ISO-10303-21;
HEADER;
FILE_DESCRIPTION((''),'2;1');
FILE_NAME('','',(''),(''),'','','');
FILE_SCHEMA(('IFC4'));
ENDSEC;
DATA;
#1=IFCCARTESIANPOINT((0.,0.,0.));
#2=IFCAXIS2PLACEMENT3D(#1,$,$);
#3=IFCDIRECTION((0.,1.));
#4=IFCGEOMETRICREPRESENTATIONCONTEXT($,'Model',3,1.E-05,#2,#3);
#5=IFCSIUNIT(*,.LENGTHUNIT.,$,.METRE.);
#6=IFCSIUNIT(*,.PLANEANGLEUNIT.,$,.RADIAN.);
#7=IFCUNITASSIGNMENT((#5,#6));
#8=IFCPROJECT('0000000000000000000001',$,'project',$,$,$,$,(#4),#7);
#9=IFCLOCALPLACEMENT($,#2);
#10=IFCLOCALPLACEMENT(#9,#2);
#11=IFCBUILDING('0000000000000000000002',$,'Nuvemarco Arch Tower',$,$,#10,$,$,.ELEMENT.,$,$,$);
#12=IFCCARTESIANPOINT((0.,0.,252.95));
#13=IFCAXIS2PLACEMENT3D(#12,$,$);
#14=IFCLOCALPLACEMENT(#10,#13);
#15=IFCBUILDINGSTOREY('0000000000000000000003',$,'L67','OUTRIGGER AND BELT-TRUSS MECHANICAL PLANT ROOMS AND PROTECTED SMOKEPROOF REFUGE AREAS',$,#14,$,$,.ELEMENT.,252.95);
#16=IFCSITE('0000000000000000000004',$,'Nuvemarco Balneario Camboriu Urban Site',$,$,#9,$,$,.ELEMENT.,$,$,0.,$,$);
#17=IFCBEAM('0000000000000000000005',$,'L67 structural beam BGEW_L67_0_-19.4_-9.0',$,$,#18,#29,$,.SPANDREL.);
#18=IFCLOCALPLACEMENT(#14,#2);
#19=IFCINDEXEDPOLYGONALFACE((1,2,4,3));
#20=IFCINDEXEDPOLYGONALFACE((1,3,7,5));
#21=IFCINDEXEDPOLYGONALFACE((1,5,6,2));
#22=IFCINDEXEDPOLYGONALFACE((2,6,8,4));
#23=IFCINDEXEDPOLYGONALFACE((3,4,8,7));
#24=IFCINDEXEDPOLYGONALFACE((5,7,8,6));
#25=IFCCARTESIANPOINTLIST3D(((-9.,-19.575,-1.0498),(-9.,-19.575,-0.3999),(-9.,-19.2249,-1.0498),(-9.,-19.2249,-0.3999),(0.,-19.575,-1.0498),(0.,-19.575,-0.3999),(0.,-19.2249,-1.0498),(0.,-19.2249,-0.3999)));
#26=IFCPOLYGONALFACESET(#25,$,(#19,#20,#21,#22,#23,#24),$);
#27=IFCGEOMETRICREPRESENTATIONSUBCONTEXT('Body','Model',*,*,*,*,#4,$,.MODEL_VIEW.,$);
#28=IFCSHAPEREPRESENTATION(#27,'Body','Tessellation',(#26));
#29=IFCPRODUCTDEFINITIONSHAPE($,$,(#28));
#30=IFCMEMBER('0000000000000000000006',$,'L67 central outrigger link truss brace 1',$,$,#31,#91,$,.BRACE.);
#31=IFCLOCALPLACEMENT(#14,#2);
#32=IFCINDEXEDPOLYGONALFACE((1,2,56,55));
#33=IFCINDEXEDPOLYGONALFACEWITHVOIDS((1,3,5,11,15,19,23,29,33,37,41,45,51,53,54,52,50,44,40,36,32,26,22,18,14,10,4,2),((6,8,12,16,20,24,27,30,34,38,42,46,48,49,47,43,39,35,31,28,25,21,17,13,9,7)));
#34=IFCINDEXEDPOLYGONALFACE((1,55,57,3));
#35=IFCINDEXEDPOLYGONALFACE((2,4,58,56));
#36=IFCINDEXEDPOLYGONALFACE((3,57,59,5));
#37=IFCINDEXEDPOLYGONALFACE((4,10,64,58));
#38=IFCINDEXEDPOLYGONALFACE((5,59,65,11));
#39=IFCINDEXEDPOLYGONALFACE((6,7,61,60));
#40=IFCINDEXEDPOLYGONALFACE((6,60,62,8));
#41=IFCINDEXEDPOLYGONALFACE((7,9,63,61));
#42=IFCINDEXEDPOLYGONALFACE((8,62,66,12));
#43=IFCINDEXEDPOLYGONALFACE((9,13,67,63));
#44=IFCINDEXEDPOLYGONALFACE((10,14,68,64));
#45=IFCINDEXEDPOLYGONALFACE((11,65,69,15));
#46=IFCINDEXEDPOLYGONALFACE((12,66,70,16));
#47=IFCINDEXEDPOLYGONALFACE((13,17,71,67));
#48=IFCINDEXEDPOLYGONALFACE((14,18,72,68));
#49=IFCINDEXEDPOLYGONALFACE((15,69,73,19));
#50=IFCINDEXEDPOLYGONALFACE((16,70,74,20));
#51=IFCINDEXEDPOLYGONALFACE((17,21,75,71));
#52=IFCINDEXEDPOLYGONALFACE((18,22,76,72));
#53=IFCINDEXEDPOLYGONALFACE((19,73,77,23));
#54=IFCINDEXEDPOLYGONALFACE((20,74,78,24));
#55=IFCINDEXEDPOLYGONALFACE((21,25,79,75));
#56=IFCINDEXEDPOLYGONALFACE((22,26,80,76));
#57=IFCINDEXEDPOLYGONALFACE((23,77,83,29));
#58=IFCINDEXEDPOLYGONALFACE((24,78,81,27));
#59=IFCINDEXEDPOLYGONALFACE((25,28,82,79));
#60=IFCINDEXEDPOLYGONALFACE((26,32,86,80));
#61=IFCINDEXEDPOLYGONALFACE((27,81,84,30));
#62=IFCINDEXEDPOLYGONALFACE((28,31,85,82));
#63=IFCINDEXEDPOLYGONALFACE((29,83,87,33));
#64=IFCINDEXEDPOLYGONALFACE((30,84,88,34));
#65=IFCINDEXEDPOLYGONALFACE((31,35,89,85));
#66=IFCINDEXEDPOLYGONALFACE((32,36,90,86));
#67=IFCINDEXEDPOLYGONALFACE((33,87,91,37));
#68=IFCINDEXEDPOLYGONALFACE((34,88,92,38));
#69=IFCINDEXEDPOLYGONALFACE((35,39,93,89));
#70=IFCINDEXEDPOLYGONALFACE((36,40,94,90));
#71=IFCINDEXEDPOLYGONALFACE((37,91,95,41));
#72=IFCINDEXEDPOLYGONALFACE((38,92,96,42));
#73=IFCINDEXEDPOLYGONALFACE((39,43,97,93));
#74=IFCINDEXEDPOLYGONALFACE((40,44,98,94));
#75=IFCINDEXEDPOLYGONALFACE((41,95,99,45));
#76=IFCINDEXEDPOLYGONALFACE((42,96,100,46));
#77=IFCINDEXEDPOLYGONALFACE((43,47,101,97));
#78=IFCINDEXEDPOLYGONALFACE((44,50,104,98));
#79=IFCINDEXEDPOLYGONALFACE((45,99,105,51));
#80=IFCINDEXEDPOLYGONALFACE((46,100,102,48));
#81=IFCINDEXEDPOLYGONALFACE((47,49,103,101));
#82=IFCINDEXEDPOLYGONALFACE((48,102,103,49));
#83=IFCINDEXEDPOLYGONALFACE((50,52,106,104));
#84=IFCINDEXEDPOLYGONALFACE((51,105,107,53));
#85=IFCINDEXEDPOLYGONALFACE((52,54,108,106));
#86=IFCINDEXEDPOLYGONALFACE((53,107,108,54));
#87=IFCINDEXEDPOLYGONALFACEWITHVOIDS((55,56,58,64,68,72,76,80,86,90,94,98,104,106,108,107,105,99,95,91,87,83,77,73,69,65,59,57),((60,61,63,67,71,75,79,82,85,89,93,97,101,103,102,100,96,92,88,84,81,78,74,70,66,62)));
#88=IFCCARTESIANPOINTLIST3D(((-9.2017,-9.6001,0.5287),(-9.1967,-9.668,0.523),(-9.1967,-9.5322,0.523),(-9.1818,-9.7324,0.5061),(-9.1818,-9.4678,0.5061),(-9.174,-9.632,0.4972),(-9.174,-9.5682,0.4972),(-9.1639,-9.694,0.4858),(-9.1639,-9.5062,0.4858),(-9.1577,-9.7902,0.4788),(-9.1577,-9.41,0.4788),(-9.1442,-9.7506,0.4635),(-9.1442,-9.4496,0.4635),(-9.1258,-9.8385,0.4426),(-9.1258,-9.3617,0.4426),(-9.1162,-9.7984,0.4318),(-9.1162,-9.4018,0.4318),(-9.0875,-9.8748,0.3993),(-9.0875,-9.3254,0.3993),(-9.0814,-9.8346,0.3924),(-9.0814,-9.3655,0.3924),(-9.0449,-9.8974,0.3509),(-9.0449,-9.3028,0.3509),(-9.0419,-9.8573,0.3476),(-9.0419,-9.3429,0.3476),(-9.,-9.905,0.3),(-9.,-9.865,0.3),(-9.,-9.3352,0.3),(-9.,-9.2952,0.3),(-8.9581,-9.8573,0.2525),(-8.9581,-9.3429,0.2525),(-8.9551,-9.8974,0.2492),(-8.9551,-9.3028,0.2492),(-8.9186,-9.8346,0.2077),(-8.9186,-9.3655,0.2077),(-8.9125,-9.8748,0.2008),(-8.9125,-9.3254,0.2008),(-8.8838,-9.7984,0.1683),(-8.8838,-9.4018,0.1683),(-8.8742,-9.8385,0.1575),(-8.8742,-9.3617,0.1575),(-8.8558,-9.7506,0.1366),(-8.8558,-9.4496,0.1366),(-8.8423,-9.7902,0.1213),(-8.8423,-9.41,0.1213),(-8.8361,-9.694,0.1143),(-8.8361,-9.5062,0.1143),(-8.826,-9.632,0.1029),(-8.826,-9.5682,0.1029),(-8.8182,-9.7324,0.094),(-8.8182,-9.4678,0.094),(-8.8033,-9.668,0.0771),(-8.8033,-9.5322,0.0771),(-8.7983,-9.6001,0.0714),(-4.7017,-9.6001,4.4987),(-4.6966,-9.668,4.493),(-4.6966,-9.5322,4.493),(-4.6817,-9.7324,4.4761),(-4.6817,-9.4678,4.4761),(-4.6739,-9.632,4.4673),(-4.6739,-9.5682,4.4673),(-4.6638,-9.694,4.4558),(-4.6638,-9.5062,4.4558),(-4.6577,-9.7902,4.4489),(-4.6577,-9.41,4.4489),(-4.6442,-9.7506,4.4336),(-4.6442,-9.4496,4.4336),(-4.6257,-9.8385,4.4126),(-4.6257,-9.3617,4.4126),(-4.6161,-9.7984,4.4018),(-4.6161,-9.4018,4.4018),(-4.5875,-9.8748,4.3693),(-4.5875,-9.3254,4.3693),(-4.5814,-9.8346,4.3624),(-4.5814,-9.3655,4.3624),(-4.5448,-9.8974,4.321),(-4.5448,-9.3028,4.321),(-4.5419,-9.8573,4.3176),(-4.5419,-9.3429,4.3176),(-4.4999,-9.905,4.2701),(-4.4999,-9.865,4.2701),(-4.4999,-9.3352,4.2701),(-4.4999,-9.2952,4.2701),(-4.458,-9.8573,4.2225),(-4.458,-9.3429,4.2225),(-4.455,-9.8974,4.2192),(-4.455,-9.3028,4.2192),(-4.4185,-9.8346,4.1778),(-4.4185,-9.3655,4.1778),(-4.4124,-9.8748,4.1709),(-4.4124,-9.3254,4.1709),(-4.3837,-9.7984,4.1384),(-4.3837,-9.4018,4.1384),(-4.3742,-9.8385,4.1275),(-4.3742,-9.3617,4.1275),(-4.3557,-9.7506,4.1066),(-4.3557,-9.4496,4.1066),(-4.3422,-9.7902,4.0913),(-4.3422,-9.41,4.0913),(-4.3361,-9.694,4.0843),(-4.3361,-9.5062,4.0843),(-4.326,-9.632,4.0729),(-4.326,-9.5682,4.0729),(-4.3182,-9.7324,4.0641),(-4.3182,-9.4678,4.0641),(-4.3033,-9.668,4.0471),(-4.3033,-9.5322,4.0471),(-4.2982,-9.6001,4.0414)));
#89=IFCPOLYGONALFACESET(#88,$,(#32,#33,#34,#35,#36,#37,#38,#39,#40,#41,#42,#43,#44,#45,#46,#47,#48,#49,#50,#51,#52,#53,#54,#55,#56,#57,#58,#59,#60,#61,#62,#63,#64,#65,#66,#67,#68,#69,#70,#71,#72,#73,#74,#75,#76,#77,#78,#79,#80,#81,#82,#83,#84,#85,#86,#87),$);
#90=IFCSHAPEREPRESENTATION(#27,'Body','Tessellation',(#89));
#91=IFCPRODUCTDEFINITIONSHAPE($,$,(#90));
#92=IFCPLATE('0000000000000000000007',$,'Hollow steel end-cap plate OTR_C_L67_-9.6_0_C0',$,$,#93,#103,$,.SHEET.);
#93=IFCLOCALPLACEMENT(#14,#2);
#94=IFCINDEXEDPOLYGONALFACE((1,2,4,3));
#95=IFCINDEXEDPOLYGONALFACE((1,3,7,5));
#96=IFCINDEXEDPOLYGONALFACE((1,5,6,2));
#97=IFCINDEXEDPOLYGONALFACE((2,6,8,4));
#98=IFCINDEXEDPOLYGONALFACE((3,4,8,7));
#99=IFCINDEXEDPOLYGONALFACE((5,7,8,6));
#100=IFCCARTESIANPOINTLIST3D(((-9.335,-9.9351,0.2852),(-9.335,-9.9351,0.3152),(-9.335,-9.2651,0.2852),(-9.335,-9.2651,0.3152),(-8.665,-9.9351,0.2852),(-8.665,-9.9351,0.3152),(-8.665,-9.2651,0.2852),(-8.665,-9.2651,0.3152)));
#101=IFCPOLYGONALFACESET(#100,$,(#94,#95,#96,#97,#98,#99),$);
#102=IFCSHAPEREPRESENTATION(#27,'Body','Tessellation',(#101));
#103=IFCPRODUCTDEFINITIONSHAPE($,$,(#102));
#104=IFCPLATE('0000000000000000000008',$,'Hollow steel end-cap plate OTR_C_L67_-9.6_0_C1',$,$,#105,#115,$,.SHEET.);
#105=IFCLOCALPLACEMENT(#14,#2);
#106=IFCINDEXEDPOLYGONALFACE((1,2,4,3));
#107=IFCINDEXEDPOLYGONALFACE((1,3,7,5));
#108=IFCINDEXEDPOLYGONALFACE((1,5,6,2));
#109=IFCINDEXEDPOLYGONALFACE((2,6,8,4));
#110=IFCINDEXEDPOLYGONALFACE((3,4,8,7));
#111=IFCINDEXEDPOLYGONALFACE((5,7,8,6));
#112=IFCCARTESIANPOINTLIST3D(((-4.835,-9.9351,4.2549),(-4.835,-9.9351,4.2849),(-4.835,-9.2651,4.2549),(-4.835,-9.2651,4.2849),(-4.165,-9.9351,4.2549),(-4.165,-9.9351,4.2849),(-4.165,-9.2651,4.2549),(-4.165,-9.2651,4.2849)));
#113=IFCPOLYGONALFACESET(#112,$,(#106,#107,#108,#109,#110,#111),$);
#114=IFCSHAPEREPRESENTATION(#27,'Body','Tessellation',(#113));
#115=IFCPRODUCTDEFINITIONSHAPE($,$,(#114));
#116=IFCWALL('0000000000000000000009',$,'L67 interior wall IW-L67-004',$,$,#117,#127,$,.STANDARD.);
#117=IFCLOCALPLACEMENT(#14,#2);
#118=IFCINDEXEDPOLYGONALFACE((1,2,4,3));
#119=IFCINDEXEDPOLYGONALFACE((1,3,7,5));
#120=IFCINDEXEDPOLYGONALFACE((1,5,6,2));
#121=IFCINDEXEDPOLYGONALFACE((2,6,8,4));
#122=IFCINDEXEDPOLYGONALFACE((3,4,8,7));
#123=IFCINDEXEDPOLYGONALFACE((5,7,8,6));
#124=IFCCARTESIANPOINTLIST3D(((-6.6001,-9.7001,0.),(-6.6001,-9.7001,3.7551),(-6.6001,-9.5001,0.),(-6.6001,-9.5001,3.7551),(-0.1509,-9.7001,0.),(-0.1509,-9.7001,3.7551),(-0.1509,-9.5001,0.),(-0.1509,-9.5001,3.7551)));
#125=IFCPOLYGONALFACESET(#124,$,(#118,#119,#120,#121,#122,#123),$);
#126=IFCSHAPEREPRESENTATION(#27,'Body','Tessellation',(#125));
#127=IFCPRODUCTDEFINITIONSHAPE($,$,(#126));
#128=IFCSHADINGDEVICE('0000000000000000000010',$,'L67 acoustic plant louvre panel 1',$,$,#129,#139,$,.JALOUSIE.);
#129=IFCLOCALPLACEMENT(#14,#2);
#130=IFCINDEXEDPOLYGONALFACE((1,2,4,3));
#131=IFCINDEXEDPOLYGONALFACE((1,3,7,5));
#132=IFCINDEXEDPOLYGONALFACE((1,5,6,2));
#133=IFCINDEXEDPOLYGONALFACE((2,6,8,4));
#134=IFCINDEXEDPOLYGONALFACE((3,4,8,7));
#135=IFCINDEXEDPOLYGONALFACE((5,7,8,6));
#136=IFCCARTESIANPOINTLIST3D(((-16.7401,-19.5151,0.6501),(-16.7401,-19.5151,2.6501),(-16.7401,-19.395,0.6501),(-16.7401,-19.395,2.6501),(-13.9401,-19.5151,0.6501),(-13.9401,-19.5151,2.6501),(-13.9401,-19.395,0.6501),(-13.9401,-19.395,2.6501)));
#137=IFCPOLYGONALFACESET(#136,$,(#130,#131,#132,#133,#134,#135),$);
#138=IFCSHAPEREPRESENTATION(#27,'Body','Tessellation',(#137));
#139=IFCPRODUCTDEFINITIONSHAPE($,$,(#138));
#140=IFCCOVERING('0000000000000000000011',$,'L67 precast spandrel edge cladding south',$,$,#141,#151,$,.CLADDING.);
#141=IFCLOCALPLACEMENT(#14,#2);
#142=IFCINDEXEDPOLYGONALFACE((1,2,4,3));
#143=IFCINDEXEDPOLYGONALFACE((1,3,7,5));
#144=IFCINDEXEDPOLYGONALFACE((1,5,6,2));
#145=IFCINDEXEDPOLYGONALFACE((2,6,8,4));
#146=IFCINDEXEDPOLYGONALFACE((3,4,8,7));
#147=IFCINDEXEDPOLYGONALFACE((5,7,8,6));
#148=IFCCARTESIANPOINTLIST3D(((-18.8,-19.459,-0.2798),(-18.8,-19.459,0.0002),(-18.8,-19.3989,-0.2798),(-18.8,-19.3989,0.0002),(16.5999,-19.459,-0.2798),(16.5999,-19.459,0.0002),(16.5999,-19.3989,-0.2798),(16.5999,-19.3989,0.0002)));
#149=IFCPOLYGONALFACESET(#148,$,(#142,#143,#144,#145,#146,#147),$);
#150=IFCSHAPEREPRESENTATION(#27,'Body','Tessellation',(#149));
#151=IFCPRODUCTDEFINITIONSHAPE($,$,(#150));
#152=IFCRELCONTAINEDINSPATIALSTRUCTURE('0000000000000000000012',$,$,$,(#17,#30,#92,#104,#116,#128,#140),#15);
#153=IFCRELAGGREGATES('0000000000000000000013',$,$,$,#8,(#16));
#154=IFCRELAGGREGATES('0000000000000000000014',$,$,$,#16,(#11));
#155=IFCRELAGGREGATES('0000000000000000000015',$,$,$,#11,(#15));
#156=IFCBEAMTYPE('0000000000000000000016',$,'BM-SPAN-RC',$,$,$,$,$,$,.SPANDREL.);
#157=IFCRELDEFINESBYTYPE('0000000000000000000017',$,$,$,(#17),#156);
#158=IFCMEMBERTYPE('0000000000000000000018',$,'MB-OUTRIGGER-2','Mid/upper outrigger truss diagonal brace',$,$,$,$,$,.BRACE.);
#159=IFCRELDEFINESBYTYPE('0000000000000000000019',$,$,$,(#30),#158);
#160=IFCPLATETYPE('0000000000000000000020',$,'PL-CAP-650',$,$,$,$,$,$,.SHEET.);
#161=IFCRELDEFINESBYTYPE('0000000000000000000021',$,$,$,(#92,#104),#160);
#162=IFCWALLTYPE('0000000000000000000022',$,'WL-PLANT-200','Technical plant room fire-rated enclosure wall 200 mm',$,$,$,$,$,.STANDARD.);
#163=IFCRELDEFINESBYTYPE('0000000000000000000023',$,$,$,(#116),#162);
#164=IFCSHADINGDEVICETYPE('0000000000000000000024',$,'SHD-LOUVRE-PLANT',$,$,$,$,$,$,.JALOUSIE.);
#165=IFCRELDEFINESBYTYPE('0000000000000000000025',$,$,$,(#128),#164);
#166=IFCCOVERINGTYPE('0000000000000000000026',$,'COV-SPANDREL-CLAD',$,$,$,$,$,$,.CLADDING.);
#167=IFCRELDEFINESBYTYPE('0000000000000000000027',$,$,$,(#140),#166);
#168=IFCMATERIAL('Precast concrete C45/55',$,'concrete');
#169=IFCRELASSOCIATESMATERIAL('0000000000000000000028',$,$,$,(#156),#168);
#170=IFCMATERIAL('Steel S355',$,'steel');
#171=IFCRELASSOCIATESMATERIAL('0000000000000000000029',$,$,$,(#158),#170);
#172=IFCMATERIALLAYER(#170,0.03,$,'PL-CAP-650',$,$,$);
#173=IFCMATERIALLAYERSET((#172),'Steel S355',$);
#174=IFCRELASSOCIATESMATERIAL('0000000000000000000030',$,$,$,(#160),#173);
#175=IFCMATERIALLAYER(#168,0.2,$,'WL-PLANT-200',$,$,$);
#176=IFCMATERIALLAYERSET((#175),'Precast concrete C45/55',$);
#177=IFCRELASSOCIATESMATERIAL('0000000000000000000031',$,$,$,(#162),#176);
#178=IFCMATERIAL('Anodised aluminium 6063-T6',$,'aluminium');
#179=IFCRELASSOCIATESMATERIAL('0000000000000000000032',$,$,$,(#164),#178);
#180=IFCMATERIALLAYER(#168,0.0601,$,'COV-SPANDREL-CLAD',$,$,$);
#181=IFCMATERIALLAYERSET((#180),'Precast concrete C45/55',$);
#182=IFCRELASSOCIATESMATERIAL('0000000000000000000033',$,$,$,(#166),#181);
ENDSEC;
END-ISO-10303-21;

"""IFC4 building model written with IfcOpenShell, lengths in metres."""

from ifc_helpers import new_model, si_unit, direction, frame, frame_2d, origin, origin_2d, place, context, subcontext, project, spatial, rectangle, hollow_circle, extrude, source, transform, mapped, material, layer, layer_set, material_profile, profile_set, type_object, type_shapes, element, save


model = new_model("IFC4")

# Units and contexts
model_context = context("Model", 3, precision=1e-05, world=origin(), true_north=direction((0.0, 1.0)))
body_context = subcontext(model_context, "Body", "Model", "MODEL_VIEW")
ifc_project = project(units=[si_unit("LENGTHUNIT", "METRE"), si_unit("PLANEANGLEUNIT", "RADIAN")], contexts=[model_context])

# Site, building, storey
site_placement = place(None, origin())
site = spatial("IfcSite", under=ifc_project, at=site_placement, Name="Nuvemarco Balneario Camboriu Urban Site", CompositionType="ELEMENT", RefElevation=0.0)
building_placement = place(site_placement, origin())
building = spatial("IfcBuilding", under=site, at=building_placement, Name="Nuvemarco Arch Tower", CompositionType="ELEMENT")
storey_placement = place(building_placement, frame((0.0, 0.0, 252.95)))
storey = spatial("IfcBuildingStorey", under=building, at=storey_placement, Name="L67", Description="OUTRIGGER AND BELT-TRUSS MECHANICAL PLANT ROOMS AND PROTECTED SMOKEPROOF REFUGE AREAS", CompositionType="ELEMENT", Elevation=252.95)

# Shared definitions
ifc_material_1 = material(Name="Steel S355", Category="steel")

# Beam
ifc_material_2 = material(Name="Precast concrete C45/55", Category="concrete")
ifc_material_profile_1 = material_profile(ifc_material_2, rectangle(XDim=0.3501, YDim=0.6499, at=origin_2d()), Name="PC-SP-350x650")
ifc_profile_set_1 = profile_set([ifc_material_profile_1], Name="Precast concrete C45/55")
beam_type_1 = type_object("IfcBeamType", Name="BM-SPAN-RC", PredefinedType="SPANDREL", material=ifc_profile_set_1)
beam_1_placement = place(storey_placement, frame((-9.0, -19.3999, -0.7249), z_axis=(1.0, 0.0, 0.0), x_axis=(0.0, 1.0, 0.0)))
element("IfcBeam", 1, at=beam_1_placement, inside=storey, type_object=beam_type_1, Name="L67 structural beam BGEW_L67_0_-19.4_-9.0", PredefinedType="SPANDREL", context=body_context, shape_type="SweptSolid", body=[
    extrude(rectangle(XDim=0.3501, YDim=0.6499, at=origin_2d()), origin(), (0.0, 0.0, 1.0), 9.0),
])

# Member
ifc_material_profile_2 = material_profile(ifc_material_1, hollow_circle(Radius=0.3049, WallThickness=0.04, at=origin_2d()), Name="CHS610x40")
ifc_profile_set_2 = profile_set([ifc_material_profile_2], Name="Steel S355")
member_type = type_object("IfcMemberType", Name="MB-OUTRIGGER-2", Description="Mid/upper outrigger truss diagonal brace", PredefinedType="BRACE", material=ifc_profile_set_2)
member_placement = place(storey_placement, frame((-9.0, -9.6001, 0.3), z_axis=(0.749889, 0.0, 0.661564), x_axis=(0.0, 1.0, 0.0)))
element("IfcMember", 2, at=member_placement, inside=storey, type_object=member_type, Name="L67 central outrigger link truss brace 1", PredefinedType="BRACE", context=body_context, shape_type="SweptSolid", body=[
    extrude(hollow_circle(Radius=0.3049, WallThickness=0.04, at=origin_2d()), origin(), (0.0, 0.0, 1.0), 6.001),
])

# Plates
ifc_layer_1 = layer(ifc_material_1, 0.03, Name="PL-CAP-650")
ifc_layer_set_1 = layer_set([ifc_layer_1], Name="Steel S355")
plate_type = type_object("IfcPlateType", Name="PL-CAP-650", PredefinedType="SHEET", material=ifc_layer_set_1)
shared_shape_1 = source(origin(), body_context, "Body", "SweptSolid", [
    extrude(rectangle(XDim=0.6699, YDim=0.6699, at=origin_2d()), origin(), (0.0, 0.0, 1.0), 0.03),
])
type_shapes(plate_type, [shared_shape_1])
for number, where, z_axis, x_axis, name in (
    (3, (-9.0, -9.6001, 0.2852), (0.0, 0.0, 1.0), (1.0, 0.0, 0.0), "Hollow steel end-cap plate OTR_C_L67_-9.6_0_C0"),
    (4, (-4.5, -9.6001, 4.2549), (0.0, 0.0, 1.0), (1.0, 0.0, 0.0), "Hollow steel end-cap plate OTR_C_L67_-9.6_0_C1"),
):
    element("IfcPlate", number, at=place(storey_placement, frame(where, z_axis=z_axis, x_axis=x_axis)), inside=storey, type_object=plate_type, Name=name, PredefinedType="SHEET", context=body_context, shape_type="MappedRepresentation", body=[
        mapped(shared_shape_1, transform((0.0, 0.0, 0.0), scale=1.0)),
    ])

# Wall
ifc_layer_2 = layer(ifc_material_2, 0.2, Name="WL-PLANT-200")
ifc_layer_set_2 = layer_set([ifc_layer_2], Name="Precast concrete C45/55")
wall_type = type_object("IfcWallType", Name="WL-PLANT-200", Description="Technical plant room fire-rated enclosure wall 200 mm", PredefinedType="STANDARD", material=ifc_layer_set_2)
wall_placement = place(storey_placement, frame((-6.6001, -9.6001, 0.0), z_axis=(0.0, 0.0, 1.0), x_axis=(1.0, 0.0, 0.0)))
element("IfcWall", 5, at=wall_placement, inside=storey, type_object=wall_type, Name="L67 interior wall IW-L67-004", PredefinedType="STANDARD", context=body_context, shape_type="SweptSolid", body=[
    extrude(rectangle(XDim=6.4492, YDim=0.2, at=frame_2d((3.2246, 0.0))), origin(), (0.0, 0.0, 1.0), 3.7551),
])

# Shading device
ifc_material_3 = material(Name="Anodised aluminium 6063-T6", Category="aluminium")
shading_device_type = type_object("IfcShadingDeviceType", Name="SHD-LOUVRE-PLANT", PredefinedType="JALOUSIE", material=ifc_material_3)
shared_shape_2 = source(origin(), body_context, "Body", "SweptSolid", [
    extrude(rectangle(XDim=2.8, YDim=0.1201, at=origin_2d()), origin(), (0.0, 0.0, 1.0), 2.0),
])
type_shapes(shading_device_type, [shared_shape_2])
shading_device_placement = place(storey_placement, frame((-15.3401, -19.4551, 0.6501), z_axis=(0.0, 0.0, 1.0), x_axis=(1.0, 0.0, 0.0)))
element("IfcShadingDevice", 6, at=shading_device_placement, inside=storey, type_object=shading_device_type, Name="L67 acoustic plant louvre panel 1", PredefinedType="JALOUSIE", context=body_context, shape_type="MappedRepresentation", body=[
    mapped(shared_shape_2, transform((0.0, 0.0, 0.0), scale=1.0)),
])

# Covering
ifc_layer_3 = layer(ifc_material_2, 0.0601, Name="COV-SPANDREL-CLAD")
ifc_layer_set_3 = layer_set([ifc_layer_3], Name="Precast concrete C45/55")
covering_type = type_object("IfcCoveringType", Name="COV-SPANDREL-CLAD", PredefinedType="CLADDING", material=ifc_layer_set_3)
shared_shape_3 = source(origin(), body_context, "Body", "SweptSolid", [
    extrude(rectangle(XDim=35.3999, YDim=0.0601, at=origin_2d()), origin(), (0.0, 0.0, 1.0), 0.28),
])
type_shapes(covering_type, [shared_shape_3])
covering_placement = place(storey_placement, frame((-1.1001, -19.429, -0.2798), z_axis=(0.0, 0.0, 1.0), x_axis=(1.0, 0.0, 0.0)))
element("IfcCovering", 7, at=covering_placement, inside=storey, type_object=covering_type, Name="L67 precast spandrel edge cladding south", PredefinedType="CLADDING", context=body_context, shape_type="MappedRepresentation", body=[
    mapped(shared_shape_3, transform((0.0, 0.0, 0.0), scale=1.0)),
])

save(model, "model.ifc")
